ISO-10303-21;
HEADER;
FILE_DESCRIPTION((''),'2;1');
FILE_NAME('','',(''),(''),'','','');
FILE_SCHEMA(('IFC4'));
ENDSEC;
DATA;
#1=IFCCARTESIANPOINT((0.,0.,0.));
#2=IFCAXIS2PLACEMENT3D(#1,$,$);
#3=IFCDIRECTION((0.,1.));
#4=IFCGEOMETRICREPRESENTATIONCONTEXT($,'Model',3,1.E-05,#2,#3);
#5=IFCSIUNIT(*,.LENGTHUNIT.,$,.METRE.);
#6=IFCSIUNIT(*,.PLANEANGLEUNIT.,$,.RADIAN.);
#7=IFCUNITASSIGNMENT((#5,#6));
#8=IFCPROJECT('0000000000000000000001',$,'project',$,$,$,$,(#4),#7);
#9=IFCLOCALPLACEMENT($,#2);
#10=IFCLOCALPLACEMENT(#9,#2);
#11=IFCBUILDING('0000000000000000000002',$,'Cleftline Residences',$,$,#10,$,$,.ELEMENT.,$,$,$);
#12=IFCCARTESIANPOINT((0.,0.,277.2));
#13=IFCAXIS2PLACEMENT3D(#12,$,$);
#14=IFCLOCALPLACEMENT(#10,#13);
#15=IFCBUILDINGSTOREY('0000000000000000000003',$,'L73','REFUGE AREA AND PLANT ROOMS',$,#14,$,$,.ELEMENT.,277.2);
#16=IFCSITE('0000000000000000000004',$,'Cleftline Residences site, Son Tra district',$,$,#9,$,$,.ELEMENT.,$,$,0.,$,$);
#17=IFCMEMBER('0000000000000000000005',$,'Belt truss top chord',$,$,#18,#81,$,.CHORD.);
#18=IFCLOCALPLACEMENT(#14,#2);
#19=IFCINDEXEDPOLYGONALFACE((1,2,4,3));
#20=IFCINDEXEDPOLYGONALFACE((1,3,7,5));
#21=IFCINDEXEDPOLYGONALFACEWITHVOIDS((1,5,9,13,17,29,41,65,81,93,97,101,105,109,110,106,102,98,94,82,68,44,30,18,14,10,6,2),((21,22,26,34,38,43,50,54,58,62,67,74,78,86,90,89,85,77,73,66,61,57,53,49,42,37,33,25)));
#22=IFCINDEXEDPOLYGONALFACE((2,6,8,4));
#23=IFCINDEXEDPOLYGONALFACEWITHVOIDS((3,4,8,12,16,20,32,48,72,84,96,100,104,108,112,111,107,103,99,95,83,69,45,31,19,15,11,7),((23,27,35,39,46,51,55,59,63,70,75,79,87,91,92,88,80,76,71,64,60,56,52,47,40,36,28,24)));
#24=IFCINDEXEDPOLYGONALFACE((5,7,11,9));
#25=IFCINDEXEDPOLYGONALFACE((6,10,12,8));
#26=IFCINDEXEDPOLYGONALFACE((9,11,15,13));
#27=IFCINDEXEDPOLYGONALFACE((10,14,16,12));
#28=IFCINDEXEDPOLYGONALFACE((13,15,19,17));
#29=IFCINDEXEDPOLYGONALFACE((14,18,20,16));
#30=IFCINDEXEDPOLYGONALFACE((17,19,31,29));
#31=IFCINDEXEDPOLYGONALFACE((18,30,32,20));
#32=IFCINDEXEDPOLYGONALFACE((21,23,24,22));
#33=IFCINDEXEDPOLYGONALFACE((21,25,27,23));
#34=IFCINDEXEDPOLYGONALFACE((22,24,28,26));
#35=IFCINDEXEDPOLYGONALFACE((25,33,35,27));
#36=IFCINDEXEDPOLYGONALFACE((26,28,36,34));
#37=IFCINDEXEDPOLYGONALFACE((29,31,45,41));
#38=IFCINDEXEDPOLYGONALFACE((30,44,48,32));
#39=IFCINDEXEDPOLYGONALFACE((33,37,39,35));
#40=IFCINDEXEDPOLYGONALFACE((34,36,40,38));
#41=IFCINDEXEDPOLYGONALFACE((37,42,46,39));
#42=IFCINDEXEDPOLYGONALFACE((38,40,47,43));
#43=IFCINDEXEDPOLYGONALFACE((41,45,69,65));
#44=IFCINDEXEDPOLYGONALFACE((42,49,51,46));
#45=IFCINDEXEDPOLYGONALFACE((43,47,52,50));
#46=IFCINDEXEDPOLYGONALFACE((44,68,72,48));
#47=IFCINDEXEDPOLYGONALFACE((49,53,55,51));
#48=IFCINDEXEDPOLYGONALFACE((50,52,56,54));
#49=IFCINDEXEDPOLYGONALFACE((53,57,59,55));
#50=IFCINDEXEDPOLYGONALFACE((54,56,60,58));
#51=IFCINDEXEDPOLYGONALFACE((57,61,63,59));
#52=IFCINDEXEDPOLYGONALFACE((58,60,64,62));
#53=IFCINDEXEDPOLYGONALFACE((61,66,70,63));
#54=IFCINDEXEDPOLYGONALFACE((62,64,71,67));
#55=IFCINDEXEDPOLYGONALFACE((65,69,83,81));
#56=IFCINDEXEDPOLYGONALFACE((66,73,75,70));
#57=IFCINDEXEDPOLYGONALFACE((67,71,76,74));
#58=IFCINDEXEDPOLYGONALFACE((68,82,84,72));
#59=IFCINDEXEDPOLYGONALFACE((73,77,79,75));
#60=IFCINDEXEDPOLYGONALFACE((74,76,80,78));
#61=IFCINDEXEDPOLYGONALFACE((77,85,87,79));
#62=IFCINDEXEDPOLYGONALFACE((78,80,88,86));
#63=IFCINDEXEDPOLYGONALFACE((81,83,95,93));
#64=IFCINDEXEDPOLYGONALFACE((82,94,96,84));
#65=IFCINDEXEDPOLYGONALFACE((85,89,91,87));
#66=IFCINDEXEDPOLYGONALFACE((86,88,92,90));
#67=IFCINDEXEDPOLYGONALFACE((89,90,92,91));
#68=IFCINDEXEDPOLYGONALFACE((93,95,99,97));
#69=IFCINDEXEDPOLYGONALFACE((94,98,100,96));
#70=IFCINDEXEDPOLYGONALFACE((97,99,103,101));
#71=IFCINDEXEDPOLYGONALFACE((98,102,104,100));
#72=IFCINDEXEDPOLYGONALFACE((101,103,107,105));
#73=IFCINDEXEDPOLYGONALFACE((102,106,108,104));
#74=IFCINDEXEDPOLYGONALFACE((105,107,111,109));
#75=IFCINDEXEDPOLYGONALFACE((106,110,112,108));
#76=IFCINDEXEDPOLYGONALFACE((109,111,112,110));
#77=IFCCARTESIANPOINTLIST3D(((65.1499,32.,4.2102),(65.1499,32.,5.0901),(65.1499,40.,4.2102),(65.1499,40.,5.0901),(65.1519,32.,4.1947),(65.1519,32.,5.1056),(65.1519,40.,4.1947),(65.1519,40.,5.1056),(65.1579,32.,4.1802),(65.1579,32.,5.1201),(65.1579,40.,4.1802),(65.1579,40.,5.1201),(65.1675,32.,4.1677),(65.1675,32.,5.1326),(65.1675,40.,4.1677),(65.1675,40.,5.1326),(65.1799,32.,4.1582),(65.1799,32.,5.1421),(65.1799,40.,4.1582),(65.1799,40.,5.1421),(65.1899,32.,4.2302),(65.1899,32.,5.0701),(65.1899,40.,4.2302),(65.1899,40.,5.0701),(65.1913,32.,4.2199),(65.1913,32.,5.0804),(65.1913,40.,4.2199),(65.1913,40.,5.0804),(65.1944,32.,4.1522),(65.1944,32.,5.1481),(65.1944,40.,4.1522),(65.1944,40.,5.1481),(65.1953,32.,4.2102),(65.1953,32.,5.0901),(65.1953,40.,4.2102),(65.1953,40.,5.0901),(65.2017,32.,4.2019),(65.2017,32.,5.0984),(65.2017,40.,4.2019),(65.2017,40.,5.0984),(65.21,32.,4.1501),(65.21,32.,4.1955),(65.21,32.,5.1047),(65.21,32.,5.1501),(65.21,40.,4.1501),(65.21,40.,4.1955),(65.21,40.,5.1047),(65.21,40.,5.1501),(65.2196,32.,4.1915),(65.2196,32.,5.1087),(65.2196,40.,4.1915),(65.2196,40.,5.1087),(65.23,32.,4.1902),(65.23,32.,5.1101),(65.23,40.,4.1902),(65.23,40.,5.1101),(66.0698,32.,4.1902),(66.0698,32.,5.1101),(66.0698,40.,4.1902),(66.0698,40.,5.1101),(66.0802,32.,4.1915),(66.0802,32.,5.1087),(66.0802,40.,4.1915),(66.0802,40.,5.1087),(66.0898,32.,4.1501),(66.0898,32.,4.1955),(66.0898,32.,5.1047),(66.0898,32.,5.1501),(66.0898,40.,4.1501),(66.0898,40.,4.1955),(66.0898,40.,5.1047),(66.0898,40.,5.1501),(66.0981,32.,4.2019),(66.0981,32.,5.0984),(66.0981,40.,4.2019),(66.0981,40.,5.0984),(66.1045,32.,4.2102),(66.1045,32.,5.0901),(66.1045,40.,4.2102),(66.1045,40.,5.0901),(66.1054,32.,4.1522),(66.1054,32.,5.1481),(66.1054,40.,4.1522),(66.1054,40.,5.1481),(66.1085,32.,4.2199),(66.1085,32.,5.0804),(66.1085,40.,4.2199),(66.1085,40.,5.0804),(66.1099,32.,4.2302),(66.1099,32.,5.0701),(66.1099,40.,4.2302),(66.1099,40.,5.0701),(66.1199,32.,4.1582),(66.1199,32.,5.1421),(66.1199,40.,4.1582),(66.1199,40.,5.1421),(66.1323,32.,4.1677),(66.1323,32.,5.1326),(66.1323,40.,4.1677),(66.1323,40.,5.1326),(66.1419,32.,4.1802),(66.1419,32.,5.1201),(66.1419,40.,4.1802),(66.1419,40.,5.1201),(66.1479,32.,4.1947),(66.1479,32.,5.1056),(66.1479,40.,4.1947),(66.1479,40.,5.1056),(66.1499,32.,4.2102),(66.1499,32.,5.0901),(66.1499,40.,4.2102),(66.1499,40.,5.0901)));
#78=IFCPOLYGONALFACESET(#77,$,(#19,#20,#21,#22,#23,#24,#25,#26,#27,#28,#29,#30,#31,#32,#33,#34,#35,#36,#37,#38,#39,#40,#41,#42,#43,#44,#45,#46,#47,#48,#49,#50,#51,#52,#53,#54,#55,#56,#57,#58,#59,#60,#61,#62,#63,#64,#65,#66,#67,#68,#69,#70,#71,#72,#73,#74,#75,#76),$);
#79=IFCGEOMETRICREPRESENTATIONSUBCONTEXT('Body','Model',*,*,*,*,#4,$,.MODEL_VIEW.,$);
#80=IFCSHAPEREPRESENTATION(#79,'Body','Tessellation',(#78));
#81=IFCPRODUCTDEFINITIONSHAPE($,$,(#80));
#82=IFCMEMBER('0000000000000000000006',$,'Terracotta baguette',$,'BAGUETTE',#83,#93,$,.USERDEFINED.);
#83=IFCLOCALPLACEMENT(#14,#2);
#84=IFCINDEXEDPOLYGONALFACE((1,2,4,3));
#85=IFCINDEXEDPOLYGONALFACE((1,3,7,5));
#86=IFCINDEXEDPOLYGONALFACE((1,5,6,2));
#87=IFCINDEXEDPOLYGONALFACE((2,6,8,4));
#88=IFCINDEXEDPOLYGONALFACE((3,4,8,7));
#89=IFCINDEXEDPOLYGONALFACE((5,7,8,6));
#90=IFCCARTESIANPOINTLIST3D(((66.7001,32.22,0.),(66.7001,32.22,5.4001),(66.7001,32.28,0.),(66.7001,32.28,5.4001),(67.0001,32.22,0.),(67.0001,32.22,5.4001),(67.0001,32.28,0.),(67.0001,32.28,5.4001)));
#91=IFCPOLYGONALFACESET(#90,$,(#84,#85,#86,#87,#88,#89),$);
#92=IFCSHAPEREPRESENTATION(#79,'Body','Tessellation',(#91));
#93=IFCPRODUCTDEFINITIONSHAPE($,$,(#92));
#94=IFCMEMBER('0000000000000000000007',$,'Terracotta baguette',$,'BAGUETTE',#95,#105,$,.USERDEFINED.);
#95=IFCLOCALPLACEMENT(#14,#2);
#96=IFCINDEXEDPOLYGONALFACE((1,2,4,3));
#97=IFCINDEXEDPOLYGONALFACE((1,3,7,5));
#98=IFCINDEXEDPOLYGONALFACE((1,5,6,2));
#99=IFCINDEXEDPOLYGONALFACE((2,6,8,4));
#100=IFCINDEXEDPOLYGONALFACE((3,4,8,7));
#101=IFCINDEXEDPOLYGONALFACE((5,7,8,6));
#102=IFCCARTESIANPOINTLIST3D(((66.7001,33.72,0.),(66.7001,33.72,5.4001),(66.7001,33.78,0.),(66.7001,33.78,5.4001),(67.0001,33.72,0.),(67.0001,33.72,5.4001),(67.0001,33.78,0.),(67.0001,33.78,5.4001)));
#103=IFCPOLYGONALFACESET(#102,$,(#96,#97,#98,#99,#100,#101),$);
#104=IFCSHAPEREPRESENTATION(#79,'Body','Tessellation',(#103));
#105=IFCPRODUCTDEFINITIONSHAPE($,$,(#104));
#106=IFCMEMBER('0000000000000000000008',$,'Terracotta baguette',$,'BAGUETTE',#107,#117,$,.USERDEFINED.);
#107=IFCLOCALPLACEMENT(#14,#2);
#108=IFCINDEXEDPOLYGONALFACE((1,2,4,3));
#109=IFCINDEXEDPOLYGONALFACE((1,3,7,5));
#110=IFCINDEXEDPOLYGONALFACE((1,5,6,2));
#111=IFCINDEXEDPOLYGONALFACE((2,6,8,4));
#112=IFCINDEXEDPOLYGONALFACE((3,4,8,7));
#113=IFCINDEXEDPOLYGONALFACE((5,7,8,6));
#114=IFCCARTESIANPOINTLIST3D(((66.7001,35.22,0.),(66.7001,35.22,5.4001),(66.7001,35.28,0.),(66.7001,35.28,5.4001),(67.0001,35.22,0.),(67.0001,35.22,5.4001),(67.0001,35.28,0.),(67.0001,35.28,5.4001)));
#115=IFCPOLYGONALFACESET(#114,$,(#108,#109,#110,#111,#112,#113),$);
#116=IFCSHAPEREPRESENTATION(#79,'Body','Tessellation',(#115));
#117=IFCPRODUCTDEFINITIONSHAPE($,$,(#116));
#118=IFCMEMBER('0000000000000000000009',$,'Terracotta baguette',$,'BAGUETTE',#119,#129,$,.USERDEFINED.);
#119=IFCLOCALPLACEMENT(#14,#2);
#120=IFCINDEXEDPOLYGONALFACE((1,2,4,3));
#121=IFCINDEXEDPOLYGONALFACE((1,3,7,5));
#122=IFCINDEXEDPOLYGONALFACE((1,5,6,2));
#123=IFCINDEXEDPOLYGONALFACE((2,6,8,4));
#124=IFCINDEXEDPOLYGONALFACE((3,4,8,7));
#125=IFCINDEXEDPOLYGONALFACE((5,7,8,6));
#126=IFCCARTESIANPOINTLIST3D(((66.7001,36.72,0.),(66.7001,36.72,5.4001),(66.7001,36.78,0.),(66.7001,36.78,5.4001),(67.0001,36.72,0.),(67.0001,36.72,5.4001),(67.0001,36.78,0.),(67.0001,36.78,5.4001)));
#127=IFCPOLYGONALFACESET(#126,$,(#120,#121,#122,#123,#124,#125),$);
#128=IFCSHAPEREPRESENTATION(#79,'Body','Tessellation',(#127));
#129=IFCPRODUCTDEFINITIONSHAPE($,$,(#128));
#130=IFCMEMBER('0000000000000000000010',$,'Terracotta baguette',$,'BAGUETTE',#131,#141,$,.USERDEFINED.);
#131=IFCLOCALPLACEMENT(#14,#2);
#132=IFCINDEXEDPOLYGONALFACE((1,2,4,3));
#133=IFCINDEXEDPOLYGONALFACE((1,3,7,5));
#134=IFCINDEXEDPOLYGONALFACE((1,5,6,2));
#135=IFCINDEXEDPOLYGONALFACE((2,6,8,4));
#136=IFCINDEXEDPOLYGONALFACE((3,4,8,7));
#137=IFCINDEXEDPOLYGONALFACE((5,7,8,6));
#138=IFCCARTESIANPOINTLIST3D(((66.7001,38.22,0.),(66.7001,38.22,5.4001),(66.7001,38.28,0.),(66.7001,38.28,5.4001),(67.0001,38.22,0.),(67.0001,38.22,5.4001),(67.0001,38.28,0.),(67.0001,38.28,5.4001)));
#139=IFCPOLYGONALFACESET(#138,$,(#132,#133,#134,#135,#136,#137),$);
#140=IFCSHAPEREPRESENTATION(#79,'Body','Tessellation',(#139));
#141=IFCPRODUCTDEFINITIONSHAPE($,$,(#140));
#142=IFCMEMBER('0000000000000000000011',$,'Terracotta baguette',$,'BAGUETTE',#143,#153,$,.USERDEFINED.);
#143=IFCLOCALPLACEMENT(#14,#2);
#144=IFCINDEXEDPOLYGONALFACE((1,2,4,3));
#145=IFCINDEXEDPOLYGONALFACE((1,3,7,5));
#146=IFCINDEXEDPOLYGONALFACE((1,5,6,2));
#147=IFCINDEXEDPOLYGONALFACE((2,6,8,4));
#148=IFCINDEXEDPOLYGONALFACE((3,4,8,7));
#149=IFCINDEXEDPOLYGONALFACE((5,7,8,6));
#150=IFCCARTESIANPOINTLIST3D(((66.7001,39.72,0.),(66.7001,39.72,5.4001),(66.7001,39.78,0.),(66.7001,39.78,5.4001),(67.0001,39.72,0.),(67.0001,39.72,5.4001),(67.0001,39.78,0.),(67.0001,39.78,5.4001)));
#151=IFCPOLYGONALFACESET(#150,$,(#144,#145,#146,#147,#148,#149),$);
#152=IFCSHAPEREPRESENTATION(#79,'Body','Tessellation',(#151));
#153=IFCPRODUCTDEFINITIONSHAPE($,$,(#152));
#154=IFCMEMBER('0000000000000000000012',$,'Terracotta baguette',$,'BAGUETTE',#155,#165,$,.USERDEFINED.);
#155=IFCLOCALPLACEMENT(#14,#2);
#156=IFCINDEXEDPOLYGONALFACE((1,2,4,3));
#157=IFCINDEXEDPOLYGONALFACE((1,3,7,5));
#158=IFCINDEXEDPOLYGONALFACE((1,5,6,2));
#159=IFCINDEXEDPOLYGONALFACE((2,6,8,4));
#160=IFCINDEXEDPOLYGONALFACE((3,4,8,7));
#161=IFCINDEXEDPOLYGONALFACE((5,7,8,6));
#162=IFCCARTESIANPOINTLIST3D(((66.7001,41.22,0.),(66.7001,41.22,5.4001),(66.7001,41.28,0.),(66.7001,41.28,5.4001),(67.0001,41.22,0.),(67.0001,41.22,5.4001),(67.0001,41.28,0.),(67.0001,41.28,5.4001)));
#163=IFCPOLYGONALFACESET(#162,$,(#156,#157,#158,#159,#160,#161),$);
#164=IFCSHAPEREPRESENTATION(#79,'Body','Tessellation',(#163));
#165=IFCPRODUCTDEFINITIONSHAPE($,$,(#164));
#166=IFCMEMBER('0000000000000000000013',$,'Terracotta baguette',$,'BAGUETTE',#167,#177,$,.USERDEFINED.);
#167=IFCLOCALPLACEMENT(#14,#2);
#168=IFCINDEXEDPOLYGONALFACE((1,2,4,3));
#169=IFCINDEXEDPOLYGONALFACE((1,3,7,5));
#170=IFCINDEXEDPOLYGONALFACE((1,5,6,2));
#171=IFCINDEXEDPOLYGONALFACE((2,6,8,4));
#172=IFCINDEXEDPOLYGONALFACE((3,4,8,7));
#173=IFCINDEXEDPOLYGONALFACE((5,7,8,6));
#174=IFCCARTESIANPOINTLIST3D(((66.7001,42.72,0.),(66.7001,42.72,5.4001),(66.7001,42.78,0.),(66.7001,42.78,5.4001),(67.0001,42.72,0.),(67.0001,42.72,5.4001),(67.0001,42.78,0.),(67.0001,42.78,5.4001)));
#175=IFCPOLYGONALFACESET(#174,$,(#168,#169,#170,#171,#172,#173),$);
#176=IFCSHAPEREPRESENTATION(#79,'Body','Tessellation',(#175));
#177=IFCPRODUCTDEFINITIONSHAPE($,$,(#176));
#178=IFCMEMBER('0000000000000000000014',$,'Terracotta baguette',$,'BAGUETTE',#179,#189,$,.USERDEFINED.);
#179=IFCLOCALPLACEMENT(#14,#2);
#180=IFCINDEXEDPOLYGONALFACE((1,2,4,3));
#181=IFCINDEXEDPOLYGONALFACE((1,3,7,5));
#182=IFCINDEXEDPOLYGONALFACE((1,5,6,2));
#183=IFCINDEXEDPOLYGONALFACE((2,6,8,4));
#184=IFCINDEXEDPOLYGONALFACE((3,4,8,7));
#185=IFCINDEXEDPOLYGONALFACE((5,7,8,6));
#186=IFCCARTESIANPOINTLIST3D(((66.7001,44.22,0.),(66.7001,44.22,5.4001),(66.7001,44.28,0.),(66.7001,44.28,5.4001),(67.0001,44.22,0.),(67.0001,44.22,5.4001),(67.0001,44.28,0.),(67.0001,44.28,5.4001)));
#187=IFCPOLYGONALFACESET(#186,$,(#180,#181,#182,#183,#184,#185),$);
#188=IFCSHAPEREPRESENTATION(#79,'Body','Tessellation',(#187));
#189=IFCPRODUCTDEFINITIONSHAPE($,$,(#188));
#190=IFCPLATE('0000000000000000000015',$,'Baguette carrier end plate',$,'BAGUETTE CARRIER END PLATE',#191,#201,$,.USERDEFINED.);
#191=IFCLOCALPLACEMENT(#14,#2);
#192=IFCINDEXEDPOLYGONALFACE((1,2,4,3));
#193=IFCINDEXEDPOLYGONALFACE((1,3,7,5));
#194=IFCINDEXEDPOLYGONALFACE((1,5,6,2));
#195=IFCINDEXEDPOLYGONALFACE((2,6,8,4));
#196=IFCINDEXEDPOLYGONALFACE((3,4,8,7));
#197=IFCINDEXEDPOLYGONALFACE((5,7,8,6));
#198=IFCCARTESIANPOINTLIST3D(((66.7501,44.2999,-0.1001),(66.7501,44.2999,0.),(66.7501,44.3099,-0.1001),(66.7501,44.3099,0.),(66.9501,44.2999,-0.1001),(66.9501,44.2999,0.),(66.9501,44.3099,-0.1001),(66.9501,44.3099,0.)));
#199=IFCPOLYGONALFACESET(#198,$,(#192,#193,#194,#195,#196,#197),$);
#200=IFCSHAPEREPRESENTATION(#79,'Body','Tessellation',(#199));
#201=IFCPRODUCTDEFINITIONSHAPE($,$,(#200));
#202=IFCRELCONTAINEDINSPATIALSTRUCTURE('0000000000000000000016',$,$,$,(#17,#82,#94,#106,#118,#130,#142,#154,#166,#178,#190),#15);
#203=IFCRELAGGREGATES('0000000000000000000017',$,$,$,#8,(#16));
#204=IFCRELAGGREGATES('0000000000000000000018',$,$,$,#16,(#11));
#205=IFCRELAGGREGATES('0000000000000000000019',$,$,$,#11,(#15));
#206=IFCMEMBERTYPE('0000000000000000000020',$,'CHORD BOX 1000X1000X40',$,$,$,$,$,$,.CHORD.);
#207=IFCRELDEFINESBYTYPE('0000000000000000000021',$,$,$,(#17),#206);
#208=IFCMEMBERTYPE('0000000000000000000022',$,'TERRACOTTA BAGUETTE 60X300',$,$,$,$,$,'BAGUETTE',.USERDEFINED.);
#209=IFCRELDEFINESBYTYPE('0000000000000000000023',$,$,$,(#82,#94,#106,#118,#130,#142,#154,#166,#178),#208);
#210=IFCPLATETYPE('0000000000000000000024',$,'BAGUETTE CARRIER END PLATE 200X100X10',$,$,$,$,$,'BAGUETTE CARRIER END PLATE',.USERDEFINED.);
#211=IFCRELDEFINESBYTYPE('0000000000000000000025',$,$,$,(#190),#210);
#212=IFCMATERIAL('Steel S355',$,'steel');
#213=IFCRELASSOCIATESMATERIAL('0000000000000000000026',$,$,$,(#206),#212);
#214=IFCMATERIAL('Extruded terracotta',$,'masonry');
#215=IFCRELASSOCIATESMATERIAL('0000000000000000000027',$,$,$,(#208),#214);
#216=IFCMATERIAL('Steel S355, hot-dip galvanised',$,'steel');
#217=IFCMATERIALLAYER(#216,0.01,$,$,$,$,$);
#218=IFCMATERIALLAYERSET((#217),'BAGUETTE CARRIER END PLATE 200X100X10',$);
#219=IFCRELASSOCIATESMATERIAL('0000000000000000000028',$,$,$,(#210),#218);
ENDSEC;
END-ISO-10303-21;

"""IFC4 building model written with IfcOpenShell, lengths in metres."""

from ifc_helpers import new_model, si_unit, direction, frame, origin, origin_2d, place, context, subcontext, project, spatial, rectangle, hollow_rectangle, extrude, material, layer, layer_set, material_profile, profile_set, type_object, element, save


model = new_model("IFC4")

# Units and contexts
model_context = context("Model", 3, precision=1e-05, world=origin(), true_north=direction((0.0, 1.0)))
body_context = subcontext(model_context, "Body", "Model", "MODEL_VIEW")
ifc_project = project(units=[si_unit("LENGTHUNIT", "METRE"), si_unit("PLANEANGLEUNIT", "RADIAN")], contexts=[model_context])

# Site, building, storey
site_placement = place(None, origin())
site = spatial("IfcSite", under=ifc_project, at=site_placement, Name="Cleftline Residences site, Son Tra district", CompositionType="ELEMENT", RefElevation=0.0)
building_placement = place(site_placement, origin())
building = spatial("IfcBuilding", under=site, at=building_placement, Name="Cleftline Residences", CompositionType="ELEMENT")
storey_placement = place(building_placement, frame((0.0, 0.0, 277.2)))
storey = spatial("IfcBuildingStorey", under=building, at=storey_placement, Name="L73", Description="REFUGE AREA AND PLANT ROOMS", CompositionType="ELEMENT", Elevation=277.2)

# Members
ifc_material_1 = material(Name="Steel S355", Category="steel")
ifc_material_profile_1 = material_profile(ifc_material_1, hollow_rectangle(XDim=1.0, YDim=1.0, WallThickness=0.04, InnerFilletRadius=0.04, OuterFilletRadius=0.0601, at=origin_2d()))
ifc_profile_set_1 = profile_set([ifc_material_profile_1], Name="Steel S355")
member_type_1 = type_object("IfcMemberType", Name="CHORD BOX 1000X1000X40", PredefinedType="CHORD", material=ifc_profile_set_1)
member_1_placement = place(storey_placement, frame((65.6499, 32.0, 4.6501), z_axis=(0.0, 1.0, 0.0), x_axis=(-1.0, 0.0, 0.0)))
element("IfcMember", 1, at=member_1_placement, inside=storey, type_object=member_type_1, Name="Belt truss top chord", PredefinedType="CHORD", context=body_context, shape_type="SweptSolid", body=[
    extrude(hollow_rectangle(XDim=1.0, YDim=1.0, WallThickness=0.04, InnerFilletRadius=0.04, OuterFilletRadius=0.0601, at=origin_2d()), origin(), (0.0, 0.0, 1.0), 8.0),
])
ifc_material_2 = material(Name="Extruded terracotta", Category="masonry")
ifc_material_profile_2 = material_profile(ifc_material_2, rectangle(XDim=0.0601, YDim=0.3, at=origin_2d()))
ifc_profile_set_2 = profile_set([ifc_material_profile_2], Name="Extruded terracotta")
member_type_2 = type_object("IfcMemberType", Name="TERRACOTTA BAGUETTE 60X300", ElementType="BAGUETTE", PredefinedType="USERDEFINED", material=ifc_profile_set_2)
for number, where, z_axis, x_axis, name in (
    (2, (66.8501, 32.25, 0.0), (0.0, 0.0, 1.0), (0.0, 1.0, 0.0), "Terracotta baguette"),
    (3, (66.8501, 33.75, 0.0), (0.0, 0.0, 1.0), (0.0, 1.0, 0.0), "Terracotta baguette"),
    (4, (66.8501, 35.25, 0.0), (0.0, 0.0, 1.0), (0.0, 1.0, 0.0), "Terracotta baguette"),
    (5, (66.8501, 36.75, 0.0), (0.0, 0.0, 1.0), (0.0, 1.0, 0.0), "Terracotta baguette"),
    (6, (66.8501, 38.25, 0.0), (0.0, 0.0, 1.0), (0.0, 1.0, 0.0), "Terracotta baguette"),
    (7, (66.8501, 39.75, 0.0), (0.0, 0.0, 1.0), (0.0, 1.0, 0.0), "Terracotta baguette"),
    (8, (66.8501, 41.25, 0.0), (0.0, 0.0, 1.0), (0.0, 1.0, 0.0), "Terracotta baguette"),
    (9, (66.8501, 42.75, 0.0), (0.0, 0.0, 1.0), (0.0, 1.0, 0.0), "Terracotta baguette"),
    (10, (66.8501, 44.25, 0.0), (0.0, 0.0, 1.0), (0.0, 1.0, 0.0), "Terracotta baguette"),
):
    element("IfcMember", number, at=place(storey_placement, frame(where, z_axis=z_axis, x_axis=x_axis)), inside=storey, type_object=member_type_2, Name=name, ObjectType="BAGUETTE", PredefinedType="USERDEFINED", context=body_context, shape_type="SweptSolid", body=[
        extrude(rectangle(XDim=0.0601, YDim=0.3, at=origin_2d()), origin(), (0.0, 0.0, 1.0), 5.4001),
    ])

# Plate
ifc_material_3 = material(Name="Steel S355, hot-dip galvanised", Category="steel")
ifc_layer_1 = layer(ifc_material_3, 0.01)
ifc_layer_set_1 = layer_set([ifc_layer_1], Name="BAGUETTE CARRIER END PLATE 200X100X10")
plate_type = type_object("IfcPlateType", Name="BAGUETTE CARRIER END PLATE 200X100X10", ElementType="BAGUETTE CARRIER END PLATE", PredefinedType="USERDEFINED", material=ifc_layer_set_1)
plate_placement = place(storey_placement, frame((66.8501, 44.3049, -0.1001), z_axis=(0.0, 0.0, 1.0), x_axis=(1.0, 0.0, 0.0)))
element("IfcPlate", 11, at=plate_placement, inside=storey, type_object=plate_type, Name="Baguette carrier end plate", ObjectType="BAGUETTE CARRIER END PLATE", PredefinedType="USERDEFINED", context=body_context, shape_type="SweptSolid", body=[
    extrude(rectangle(XDim=0.2, YDim=0.01, at=origin_2d()), origin(), (0.0, 0.0, 1.0), 0.1001),
])

save(model, "model.ifc")
